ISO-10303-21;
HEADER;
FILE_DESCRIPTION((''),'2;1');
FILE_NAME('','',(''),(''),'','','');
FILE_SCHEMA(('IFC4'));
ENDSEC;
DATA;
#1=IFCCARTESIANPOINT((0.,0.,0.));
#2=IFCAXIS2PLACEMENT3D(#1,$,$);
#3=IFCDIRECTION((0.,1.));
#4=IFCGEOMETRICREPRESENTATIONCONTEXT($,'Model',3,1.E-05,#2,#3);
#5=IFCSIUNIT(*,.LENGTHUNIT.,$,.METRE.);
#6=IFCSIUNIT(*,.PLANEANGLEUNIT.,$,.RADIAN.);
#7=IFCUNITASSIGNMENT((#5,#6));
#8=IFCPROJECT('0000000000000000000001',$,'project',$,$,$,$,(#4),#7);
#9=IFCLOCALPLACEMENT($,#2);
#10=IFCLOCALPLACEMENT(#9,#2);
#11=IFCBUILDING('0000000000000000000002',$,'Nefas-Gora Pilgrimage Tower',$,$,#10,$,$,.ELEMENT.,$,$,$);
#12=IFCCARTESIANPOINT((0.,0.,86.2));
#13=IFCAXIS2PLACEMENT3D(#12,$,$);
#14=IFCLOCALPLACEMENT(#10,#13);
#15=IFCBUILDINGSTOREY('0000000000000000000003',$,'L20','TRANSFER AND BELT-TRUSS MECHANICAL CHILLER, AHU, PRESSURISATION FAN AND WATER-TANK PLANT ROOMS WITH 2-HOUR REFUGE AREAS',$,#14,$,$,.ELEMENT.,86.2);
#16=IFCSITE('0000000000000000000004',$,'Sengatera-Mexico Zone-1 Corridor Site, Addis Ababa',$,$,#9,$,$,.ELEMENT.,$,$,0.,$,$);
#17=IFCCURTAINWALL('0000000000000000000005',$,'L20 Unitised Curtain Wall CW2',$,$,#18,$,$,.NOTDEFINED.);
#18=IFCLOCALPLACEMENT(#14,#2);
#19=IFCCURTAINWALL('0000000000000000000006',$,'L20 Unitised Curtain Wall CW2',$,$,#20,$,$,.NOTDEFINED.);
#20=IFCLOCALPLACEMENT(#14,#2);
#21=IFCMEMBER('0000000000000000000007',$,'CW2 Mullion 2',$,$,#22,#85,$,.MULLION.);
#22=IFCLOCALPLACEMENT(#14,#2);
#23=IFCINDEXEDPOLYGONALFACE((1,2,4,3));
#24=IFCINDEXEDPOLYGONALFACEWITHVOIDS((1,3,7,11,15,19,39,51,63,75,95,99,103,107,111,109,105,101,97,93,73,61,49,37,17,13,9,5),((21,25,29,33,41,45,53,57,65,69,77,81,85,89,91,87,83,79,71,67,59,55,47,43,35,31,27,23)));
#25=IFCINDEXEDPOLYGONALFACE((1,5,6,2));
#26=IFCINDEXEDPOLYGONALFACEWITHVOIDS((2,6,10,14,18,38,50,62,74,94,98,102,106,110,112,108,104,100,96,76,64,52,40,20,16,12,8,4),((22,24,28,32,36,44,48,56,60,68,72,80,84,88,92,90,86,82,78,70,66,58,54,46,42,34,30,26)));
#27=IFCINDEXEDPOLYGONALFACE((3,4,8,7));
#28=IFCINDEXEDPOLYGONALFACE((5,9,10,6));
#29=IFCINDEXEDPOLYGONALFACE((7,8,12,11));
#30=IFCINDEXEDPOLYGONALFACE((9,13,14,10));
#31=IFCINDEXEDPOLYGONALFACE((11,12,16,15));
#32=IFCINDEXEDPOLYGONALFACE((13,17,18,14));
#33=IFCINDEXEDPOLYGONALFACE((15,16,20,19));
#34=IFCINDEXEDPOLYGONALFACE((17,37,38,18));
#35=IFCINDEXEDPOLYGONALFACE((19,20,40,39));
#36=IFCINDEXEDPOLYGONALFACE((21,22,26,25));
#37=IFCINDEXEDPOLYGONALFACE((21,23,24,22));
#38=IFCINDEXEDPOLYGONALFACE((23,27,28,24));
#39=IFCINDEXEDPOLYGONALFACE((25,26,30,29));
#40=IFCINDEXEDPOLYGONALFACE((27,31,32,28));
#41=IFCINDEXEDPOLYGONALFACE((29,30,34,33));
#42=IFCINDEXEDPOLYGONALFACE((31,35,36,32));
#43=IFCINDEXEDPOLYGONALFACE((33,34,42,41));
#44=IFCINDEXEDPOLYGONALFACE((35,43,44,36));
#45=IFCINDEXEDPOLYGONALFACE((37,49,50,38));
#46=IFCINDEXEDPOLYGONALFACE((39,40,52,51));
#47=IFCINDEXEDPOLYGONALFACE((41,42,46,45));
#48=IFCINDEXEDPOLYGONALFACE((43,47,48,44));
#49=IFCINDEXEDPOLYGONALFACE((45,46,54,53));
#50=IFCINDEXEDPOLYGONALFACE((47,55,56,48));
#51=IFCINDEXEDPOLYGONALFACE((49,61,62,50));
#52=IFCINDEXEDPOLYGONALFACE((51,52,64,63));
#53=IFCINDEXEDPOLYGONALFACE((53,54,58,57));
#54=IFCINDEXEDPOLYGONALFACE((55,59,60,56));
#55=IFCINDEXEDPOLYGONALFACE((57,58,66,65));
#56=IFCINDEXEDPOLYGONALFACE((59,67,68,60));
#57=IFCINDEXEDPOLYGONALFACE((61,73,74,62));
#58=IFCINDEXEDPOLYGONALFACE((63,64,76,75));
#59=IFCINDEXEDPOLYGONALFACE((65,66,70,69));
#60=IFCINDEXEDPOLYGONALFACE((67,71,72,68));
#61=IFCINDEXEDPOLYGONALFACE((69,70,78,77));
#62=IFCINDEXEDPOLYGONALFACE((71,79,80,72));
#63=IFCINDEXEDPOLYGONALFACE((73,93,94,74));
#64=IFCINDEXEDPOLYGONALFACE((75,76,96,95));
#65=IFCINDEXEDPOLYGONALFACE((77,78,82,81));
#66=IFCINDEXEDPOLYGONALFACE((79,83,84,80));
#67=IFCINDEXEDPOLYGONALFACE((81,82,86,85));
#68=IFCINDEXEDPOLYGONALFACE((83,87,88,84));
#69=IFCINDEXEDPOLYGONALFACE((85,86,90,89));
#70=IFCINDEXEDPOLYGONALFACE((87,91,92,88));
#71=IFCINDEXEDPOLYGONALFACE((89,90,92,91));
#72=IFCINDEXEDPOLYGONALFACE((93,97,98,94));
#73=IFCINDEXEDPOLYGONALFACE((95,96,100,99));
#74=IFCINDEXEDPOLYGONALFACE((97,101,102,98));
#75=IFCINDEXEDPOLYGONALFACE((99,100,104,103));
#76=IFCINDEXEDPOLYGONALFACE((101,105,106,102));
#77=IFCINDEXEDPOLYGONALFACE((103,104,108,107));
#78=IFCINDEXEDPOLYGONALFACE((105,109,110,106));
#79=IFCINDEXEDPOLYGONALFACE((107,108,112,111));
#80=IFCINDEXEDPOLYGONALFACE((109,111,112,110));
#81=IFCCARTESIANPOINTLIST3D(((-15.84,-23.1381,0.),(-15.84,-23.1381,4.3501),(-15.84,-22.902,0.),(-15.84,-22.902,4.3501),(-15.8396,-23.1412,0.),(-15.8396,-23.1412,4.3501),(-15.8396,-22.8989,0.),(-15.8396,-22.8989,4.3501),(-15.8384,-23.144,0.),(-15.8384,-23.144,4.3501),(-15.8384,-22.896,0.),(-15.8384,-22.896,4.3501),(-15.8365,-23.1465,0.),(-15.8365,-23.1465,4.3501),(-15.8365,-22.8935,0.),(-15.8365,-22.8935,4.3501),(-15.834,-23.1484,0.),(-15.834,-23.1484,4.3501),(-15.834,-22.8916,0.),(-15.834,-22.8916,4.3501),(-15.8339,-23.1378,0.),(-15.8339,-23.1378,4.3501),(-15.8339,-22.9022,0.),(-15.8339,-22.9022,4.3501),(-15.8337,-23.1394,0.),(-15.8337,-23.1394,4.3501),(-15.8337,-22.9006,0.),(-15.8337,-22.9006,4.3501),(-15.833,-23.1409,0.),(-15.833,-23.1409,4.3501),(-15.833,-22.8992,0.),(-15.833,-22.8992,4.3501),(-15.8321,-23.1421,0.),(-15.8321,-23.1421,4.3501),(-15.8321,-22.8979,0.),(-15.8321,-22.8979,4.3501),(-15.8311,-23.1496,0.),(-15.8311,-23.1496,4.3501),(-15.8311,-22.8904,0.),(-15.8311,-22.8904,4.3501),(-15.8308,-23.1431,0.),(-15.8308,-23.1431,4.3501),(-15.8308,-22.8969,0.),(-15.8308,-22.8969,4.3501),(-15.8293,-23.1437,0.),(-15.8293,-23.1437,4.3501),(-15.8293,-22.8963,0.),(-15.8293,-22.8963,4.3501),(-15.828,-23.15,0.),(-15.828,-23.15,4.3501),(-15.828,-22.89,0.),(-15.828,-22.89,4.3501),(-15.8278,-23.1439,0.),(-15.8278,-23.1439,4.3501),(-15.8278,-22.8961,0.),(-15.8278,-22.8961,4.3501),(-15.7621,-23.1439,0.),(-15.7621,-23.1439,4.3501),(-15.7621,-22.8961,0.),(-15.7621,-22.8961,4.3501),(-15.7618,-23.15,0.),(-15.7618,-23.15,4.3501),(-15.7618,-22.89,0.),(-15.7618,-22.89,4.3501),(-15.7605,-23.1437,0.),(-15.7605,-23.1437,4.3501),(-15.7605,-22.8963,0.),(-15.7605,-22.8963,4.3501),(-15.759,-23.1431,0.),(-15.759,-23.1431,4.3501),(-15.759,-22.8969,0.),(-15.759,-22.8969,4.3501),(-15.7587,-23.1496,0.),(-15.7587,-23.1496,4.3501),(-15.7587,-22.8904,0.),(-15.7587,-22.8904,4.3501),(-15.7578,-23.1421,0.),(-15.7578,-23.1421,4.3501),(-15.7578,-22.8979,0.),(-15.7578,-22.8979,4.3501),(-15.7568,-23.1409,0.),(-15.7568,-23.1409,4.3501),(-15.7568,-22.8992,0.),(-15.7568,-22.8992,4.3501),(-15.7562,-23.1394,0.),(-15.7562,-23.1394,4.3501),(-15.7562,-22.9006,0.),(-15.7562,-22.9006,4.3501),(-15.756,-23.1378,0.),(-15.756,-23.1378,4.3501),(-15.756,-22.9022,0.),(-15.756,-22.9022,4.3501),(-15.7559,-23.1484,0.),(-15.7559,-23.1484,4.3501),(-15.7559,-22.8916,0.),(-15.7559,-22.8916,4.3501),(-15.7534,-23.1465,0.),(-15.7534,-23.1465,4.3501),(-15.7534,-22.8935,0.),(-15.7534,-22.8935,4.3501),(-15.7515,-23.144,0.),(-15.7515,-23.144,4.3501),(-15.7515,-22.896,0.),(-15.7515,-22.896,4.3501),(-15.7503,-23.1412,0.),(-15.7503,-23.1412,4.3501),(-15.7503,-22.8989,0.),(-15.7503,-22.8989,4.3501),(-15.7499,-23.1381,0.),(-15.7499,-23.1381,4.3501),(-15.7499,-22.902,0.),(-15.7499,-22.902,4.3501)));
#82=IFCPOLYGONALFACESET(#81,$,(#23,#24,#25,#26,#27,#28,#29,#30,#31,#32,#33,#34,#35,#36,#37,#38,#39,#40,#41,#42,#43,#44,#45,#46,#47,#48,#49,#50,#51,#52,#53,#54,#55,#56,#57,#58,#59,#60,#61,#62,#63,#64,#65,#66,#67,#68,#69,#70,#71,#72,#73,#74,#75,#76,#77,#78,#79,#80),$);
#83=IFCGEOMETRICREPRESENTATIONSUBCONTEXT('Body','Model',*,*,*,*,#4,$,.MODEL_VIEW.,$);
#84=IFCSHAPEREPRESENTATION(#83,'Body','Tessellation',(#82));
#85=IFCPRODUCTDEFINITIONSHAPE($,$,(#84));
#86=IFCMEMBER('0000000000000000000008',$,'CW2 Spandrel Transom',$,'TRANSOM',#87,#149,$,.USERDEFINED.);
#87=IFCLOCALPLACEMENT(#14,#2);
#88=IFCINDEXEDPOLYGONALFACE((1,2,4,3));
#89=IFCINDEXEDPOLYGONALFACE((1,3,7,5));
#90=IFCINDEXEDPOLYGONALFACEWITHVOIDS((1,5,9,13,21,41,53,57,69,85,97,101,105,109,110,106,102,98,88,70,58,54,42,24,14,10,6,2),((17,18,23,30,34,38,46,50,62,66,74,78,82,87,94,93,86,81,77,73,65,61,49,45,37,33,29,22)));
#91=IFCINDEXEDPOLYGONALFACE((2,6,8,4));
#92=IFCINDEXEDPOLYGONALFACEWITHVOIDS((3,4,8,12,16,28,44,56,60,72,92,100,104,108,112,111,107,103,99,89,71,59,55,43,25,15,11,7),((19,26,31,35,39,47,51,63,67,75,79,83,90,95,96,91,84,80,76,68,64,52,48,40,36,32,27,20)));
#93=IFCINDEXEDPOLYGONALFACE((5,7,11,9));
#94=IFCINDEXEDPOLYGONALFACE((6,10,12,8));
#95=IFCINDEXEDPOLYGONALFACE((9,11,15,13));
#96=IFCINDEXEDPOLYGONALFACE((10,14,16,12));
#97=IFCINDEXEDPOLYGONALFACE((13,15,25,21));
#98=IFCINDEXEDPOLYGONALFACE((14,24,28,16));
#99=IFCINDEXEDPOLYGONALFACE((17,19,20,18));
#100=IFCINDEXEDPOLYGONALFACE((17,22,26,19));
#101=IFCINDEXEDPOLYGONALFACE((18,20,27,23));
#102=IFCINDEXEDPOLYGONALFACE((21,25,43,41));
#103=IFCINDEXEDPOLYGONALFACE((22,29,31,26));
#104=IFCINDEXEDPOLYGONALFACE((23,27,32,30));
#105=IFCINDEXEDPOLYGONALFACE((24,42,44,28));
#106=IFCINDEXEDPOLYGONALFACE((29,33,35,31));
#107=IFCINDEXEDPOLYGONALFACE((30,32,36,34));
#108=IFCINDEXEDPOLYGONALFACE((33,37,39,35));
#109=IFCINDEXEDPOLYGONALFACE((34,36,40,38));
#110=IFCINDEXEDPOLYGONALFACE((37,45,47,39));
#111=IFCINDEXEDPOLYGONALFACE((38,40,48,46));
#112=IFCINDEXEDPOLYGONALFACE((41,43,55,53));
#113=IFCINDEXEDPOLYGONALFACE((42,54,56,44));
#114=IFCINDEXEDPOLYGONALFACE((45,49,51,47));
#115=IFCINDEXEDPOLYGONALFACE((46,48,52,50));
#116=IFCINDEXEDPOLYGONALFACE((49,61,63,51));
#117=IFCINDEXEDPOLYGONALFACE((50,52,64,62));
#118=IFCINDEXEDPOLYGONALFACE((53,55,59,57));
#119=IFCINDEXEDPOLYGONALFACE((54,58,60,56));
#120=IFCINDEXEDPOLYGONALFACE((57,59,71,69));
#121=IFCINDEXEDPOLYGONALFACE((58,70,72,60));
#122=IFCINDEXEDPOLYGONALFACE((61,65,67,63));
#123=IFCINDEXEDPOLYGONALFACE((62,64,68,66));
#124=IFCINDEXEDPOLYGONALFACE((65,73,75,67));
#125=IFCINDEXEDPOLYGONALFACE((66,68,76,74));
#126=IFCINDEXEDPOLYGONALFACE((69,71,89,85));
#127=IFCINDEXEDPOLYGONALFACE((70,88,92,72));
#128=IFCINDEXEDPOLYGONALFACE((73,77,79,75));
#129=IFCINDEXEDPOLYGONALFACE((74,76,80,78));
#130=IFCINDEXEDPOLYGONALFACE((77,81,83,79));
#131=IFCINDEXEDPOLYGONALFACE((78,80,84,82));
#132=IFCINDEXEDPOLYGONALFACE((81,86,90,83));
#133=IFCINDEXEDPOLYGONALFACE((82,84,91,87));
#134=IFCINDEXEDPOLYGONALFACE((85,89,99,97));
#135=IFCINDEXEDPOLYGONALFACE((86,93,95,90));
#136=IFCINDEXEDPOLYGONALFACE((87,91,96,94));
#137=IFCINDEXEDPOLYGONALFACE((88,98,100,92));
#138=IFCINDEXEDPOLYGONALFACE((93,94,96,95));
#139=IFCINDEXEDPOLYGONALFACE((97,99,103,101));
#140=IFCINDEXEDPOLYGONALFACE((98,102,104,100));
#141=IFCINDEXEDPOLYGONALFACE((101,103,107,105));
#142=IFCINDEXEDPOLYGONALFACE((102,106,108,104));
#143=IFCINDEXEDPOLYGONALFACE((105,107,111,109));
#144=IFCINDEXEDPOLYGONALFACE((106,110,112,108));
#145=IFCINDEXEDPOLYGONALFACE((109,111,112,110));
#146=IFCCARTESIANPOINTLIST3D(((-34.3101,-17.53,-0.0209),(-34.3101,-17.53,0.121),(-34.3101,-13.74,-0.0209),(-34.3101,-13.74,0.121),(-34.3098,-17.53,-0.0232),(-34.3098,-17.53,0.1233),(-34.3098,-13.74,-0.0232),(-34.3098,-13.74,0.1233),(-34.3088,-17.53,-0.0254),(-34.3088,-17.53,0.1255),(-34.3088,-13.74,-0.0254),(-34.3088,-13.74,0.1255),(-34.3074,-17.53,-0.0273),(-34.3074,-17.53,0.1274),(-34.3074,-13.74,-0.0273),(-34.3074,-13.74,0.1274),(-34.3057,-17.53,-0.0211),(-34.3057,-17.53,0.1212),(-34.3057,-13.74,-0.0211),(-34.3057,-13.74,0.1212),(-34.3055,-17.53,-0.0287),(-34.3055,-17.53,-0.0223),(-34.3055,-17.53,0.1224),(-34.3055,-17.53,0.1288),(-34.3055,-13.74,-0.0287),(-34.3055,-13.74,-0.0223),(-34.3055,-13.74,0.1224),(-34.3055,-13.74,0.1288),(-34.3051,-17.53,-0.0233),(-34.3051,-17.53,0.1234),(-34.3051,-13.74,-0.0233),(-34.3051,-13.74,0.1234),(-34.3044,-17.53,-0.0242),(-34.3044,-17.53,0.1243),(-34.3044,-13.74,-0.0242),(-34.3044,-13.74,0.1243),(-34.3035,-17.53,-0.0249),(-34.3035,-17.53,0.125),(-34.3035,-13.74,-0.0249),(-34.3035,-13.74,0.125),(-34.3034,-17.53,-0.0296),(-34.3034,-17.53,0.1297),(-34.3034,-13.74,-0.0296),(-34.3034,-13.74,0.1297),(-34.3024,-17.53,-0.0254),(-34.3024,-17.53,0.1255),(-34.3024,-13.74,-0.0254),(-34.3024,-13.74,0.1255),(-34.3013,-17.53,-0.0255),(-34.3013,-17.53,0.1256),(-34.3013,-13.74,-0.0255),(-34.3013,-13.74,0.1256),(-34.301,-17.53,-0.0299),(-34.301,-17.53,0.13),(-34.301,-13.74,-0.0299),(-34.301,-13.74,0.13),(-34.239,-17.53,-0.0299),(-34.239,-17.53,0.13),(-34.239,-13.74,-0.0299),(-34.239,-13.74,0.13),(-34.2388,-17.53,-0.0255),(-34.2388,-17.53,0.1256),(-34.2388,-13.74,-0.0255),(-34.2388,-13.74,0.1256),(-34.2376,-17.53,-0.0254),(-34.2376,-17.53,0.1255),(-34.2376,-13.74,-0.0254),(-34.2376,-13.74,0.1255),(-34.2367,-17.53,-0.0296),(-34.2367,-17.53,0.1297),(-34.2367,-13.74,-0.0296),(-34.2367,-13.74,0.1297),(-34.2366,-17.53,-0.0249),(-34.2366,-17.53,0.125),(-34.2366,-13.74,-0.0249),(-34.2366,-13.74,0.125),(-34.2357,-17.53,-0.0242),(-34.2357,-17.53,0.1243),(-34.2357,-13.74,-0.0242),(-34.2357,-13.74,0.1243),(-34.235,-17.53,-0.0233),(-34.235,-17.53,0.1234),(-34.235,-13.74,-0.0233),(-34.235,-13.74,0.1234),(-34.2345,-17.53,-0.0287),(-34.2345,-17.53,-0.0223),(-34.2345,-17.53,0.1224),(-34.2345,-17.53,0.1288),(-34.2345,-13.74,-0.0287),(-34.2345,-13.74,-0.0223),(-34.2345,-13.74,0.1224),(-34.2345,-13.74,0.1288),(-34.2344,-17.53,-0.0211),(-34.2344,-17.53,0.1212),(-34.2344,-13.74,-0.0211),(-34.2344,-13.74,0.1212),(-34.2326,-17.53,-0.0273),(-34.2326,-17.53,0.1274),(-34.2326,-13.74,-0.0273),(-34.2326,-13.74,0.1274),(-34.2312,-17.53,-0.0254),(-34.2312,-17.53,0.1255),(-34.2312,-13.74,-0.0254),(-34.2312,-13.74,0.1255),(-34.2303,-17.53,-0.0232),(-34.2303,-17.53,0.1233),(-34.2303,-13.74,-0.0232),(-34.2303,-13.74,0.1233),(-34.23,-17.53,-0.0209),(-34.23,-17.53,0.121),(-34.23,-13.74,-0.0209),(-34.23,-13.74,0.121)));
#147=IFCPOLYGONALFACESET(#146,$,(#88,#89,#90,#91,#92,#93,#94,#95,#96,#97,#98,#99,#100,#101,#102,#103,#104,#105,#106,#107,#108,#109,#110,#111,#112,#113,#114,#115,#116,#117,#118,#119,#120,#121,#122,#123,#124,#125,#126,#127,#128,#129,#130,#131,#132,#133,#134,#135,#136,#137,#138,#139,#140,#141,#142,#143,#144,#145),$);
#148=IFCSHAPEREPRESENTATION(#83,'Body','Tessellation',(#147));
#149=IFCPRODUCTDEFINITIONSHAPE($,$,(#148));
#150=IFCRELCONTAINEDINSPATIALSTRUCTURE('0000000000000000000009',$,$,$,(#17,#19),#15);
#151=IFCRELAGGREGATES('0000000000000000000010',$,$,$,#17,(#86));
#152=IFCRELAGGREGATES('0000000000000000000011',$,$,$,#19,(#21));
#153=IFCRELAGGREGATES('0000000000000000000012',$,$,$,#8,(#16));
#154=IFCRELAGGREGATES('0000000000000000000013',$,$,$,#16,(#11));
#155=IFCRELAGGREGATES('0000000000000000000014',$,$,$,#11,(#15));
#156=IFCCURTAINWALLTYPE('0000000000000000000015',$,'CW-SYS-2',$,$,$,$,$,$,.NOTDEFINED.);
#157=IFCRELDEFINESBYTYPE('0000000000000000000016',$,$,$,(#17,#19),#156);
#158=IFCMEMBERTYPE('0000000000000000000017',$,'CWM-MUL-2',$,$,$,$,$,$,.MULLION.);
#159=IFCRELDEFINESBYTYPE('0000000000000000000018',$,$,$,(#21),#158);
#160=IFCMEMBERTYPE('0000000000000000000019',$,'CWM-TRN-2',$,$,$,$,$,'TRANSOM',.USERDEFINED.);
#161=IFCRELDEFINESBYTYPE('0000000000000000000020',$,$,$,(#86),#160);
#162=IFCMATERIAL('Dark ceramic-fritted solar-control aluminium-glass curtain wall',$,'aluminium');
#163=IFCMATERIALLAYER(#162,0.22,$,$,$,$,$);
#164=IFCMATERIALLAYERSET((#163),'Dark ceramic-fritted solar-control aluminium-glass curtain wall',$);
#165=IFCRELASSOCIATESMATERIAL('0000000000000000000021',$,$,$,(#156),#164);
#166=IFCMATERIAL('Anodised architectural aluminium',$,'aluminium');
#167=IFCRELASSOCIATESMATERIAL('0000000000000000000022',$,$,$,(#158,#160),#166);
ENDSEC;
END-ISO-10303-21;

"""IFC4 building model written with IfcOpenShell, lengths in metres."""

from ifc_helpers import new_model, si_unit, direction, frame, origin, origin_2d, place, context, subcontext, project, spatial, hollow_rectangle, extrude, source, transform, mapped, material, layer, layer_set, material_profile, profile_set, type_object, element, aggregate, save


model = new_model("IFC4")

# Units and contexts
model_context = context("Model", 3, precision=1e-05, world=origin(), true_north=direction((0.0, 1.0)))
body_context = subcontext(model_context, "Body", "Model", "MODEL_VIEW")
ifc_project = project(units=[si_unit("LENGTHUNIT", "METRE"), si_unit("PLANEANGLEUNIT", "RADIAN")], contexts=[model_context])

# Site, building, storey
site_placement = place(None, origin())
site = spatial("IfcSite", under=ifc_project, at=site_placement, Name="Sengatera-Mexico Zone-1 Corridor Site, Addis Ababa", CompositionType="ELEMENT", RefElevation=0.0)
building_placement = place(site_placement, origin())
building = spatial("IfcBuilding", under=site, at=building_placement, Name="Nefas-Gora Pilgrimage Tower", CompositionType="ELEMENT")
storey_placement = place(building_placement, frame((0.0, 0.0, 86.2)))
storey = spatial("IfcBuildingStorey", under=building, at=storey_placement, Name="L20", Description="TRANSFER AND BELT-TRUSS MECHANICAL CHILLER, AHU, PRESSURISATION FAN AND WATER-TANK PLANT ROOMS WITH 2-HOUR REFUGE AREAS", CompositionType="ELEMENT", Elevation=86.2)

# Curtain walls, member
ifc_material_1 = material(Name="Dark ceramic-fritted solar-control aluminium-glass curtain wall", Category="aluminium")
ifc_layer_1 = layer(ifc_material_1, 0.22)
ifc_layer_set_1 = layer_set([ifc_layer_1], Name="Dark ceramic-fritted solar-control aluminium-glass curtain wall")
curtain_wall_type = type_object("IfcCurtainWallType", Name="CW-SYS-2", PredefinedType="NOTDEFINED", material=ifc_layer_set_1)
curtain_wall_1_placement = place(storey_placement, origin())
curtain_wall_1 = element("IfcCurtainWall", 1, at=curtain_wall_1_placement, inside=storey, type_object=curtain_wall_type, Name="L20 Unitised Curtain Wall CW2", PredefinedType="NOTDEFINED")
ifc_material_2 = material(Name="Anodised architectural aluminium", Category="aluminium")
ifc_material_profile_1 = material_profile(ifc_material_2, hollow_rectangle(XDim=0.0901, YDim=0.26, WallThickness=0.0061, InnerFilletRadius=0.0061, OuterFilletRadius=0.012, at=origin_2d()), Name="ALU MULLION 90x260")
ifc_profile_set_1 = profile_set([ifc_material_profile_1], Name="Anodised architectural aluminium")
member_type_1 = type_object("IfcMemberType", Name="CWM-MUL-2", PredefinedType="MULLION", material=ifc_profile_set_1)
shared_shape_1 = source(origin(), body_context, "Body", "SweptSolid", [
    extrude(hollow_rectangle(XDim=0.0901, YDim=0.26, WallThickness=0.0061, InnerFilletRadius=0.0061, OuterFilletRadius=0.012, at=origin_2d()), origin(), (0.0, 0.0, 1.0), 4.3501),
])
curtain_wall_2_placement = place(storey_placement, origin())
curtain_wall_2 = element("IfcCurtainWall", 2, at=curtain_wall_2_placement, inside=storey, type_object=curtain_wall_type, Name="L20 Unitised Curtain Wall CW2", PredefinedType="NOTDEFINED")
member_1_placement = place(storey_placement, frame((-15.7949, -23.02, 0.0), z_axis=(0.0, 0.0, 1.0), x_axis=(1.0, 0.0, 0.0)))
member_1 = element("IfcMember", 3, at=member_1_placement, type_object=member_type_1, Name="CW2 Mullion 2", PredefinedType="MULLION", context=body_context, shape_type="MappedRepresentation", body=[
    mapped(shared_shape_1, transform((0.0, 0.0, 0.0), x_axis=(1.0, 0.0, 0.0), y_axis=(0.0, 1.0, 0.0), z_axis=(0.0, 0.0, 1.0), scale=1.0)),
])

# Member
ifc_material_profile_2 = material_profile(ifc_material_2, hollow_rectangle(XDim=0.0801, YDim=0.1599, WallThickness=0.0044, InnerFilletRadius=0.0044, OuterFilletRadius=0.009, at=origin_2d()), Name="ALU TRANSOM 80x160")
ifc_profile_set_2 = profile_set([ifc_material_profile_2], Name="Anodised architectural aluminium")
member_type_2 = type_object("IfcMemberType", Name="CWM-TRN-2", ElementType="TRANSOM", PredefinedType="USERDEFINED", material=ifc_profile_set_2)
shared_shape_2 = source(origin(), body_context, "Body", "SweptSolid", [
    extrude(hollow_rectangle(XDim=0.0801, YDim=0.1599, WallThickness=0.0044, InnerFilletRadius=0.0044, OuterFilletRadius=0.009, at=origin_2d()), origin(), (0.0, 0.0, 1.0), 3.79),
])
member_2_placement = place(storey_placement, frame((-34.27, -13.74, 0.05), z_axis=(0.0, -1.0, 0.0), x_axis=(1.0, 0.0, 0.0)))
member_2 = element("IfcMember", 4, at=member_2_placement, type_object=member_type_2, Name="CW2 Spandrel Transom", ObjectType="TRANSOM", PredefinedType="USERDEFINED", context=body_context, shape_type="MappedRepresentation", body=[
    mapped(shared_shape_2, transform((0.0, 0.0, 0.0), x_axis=(1.0, 0.0, 0.0), y_axis=(0.0, 1.0, 0.0), z_axis=(0.0, 0.0, 1.0), scale=1.0)),
])

aggregate(curtain_wall_1, [member_2])
aggregate(curtain_wall_2, [member_1])

save(model, "model.ifc")
